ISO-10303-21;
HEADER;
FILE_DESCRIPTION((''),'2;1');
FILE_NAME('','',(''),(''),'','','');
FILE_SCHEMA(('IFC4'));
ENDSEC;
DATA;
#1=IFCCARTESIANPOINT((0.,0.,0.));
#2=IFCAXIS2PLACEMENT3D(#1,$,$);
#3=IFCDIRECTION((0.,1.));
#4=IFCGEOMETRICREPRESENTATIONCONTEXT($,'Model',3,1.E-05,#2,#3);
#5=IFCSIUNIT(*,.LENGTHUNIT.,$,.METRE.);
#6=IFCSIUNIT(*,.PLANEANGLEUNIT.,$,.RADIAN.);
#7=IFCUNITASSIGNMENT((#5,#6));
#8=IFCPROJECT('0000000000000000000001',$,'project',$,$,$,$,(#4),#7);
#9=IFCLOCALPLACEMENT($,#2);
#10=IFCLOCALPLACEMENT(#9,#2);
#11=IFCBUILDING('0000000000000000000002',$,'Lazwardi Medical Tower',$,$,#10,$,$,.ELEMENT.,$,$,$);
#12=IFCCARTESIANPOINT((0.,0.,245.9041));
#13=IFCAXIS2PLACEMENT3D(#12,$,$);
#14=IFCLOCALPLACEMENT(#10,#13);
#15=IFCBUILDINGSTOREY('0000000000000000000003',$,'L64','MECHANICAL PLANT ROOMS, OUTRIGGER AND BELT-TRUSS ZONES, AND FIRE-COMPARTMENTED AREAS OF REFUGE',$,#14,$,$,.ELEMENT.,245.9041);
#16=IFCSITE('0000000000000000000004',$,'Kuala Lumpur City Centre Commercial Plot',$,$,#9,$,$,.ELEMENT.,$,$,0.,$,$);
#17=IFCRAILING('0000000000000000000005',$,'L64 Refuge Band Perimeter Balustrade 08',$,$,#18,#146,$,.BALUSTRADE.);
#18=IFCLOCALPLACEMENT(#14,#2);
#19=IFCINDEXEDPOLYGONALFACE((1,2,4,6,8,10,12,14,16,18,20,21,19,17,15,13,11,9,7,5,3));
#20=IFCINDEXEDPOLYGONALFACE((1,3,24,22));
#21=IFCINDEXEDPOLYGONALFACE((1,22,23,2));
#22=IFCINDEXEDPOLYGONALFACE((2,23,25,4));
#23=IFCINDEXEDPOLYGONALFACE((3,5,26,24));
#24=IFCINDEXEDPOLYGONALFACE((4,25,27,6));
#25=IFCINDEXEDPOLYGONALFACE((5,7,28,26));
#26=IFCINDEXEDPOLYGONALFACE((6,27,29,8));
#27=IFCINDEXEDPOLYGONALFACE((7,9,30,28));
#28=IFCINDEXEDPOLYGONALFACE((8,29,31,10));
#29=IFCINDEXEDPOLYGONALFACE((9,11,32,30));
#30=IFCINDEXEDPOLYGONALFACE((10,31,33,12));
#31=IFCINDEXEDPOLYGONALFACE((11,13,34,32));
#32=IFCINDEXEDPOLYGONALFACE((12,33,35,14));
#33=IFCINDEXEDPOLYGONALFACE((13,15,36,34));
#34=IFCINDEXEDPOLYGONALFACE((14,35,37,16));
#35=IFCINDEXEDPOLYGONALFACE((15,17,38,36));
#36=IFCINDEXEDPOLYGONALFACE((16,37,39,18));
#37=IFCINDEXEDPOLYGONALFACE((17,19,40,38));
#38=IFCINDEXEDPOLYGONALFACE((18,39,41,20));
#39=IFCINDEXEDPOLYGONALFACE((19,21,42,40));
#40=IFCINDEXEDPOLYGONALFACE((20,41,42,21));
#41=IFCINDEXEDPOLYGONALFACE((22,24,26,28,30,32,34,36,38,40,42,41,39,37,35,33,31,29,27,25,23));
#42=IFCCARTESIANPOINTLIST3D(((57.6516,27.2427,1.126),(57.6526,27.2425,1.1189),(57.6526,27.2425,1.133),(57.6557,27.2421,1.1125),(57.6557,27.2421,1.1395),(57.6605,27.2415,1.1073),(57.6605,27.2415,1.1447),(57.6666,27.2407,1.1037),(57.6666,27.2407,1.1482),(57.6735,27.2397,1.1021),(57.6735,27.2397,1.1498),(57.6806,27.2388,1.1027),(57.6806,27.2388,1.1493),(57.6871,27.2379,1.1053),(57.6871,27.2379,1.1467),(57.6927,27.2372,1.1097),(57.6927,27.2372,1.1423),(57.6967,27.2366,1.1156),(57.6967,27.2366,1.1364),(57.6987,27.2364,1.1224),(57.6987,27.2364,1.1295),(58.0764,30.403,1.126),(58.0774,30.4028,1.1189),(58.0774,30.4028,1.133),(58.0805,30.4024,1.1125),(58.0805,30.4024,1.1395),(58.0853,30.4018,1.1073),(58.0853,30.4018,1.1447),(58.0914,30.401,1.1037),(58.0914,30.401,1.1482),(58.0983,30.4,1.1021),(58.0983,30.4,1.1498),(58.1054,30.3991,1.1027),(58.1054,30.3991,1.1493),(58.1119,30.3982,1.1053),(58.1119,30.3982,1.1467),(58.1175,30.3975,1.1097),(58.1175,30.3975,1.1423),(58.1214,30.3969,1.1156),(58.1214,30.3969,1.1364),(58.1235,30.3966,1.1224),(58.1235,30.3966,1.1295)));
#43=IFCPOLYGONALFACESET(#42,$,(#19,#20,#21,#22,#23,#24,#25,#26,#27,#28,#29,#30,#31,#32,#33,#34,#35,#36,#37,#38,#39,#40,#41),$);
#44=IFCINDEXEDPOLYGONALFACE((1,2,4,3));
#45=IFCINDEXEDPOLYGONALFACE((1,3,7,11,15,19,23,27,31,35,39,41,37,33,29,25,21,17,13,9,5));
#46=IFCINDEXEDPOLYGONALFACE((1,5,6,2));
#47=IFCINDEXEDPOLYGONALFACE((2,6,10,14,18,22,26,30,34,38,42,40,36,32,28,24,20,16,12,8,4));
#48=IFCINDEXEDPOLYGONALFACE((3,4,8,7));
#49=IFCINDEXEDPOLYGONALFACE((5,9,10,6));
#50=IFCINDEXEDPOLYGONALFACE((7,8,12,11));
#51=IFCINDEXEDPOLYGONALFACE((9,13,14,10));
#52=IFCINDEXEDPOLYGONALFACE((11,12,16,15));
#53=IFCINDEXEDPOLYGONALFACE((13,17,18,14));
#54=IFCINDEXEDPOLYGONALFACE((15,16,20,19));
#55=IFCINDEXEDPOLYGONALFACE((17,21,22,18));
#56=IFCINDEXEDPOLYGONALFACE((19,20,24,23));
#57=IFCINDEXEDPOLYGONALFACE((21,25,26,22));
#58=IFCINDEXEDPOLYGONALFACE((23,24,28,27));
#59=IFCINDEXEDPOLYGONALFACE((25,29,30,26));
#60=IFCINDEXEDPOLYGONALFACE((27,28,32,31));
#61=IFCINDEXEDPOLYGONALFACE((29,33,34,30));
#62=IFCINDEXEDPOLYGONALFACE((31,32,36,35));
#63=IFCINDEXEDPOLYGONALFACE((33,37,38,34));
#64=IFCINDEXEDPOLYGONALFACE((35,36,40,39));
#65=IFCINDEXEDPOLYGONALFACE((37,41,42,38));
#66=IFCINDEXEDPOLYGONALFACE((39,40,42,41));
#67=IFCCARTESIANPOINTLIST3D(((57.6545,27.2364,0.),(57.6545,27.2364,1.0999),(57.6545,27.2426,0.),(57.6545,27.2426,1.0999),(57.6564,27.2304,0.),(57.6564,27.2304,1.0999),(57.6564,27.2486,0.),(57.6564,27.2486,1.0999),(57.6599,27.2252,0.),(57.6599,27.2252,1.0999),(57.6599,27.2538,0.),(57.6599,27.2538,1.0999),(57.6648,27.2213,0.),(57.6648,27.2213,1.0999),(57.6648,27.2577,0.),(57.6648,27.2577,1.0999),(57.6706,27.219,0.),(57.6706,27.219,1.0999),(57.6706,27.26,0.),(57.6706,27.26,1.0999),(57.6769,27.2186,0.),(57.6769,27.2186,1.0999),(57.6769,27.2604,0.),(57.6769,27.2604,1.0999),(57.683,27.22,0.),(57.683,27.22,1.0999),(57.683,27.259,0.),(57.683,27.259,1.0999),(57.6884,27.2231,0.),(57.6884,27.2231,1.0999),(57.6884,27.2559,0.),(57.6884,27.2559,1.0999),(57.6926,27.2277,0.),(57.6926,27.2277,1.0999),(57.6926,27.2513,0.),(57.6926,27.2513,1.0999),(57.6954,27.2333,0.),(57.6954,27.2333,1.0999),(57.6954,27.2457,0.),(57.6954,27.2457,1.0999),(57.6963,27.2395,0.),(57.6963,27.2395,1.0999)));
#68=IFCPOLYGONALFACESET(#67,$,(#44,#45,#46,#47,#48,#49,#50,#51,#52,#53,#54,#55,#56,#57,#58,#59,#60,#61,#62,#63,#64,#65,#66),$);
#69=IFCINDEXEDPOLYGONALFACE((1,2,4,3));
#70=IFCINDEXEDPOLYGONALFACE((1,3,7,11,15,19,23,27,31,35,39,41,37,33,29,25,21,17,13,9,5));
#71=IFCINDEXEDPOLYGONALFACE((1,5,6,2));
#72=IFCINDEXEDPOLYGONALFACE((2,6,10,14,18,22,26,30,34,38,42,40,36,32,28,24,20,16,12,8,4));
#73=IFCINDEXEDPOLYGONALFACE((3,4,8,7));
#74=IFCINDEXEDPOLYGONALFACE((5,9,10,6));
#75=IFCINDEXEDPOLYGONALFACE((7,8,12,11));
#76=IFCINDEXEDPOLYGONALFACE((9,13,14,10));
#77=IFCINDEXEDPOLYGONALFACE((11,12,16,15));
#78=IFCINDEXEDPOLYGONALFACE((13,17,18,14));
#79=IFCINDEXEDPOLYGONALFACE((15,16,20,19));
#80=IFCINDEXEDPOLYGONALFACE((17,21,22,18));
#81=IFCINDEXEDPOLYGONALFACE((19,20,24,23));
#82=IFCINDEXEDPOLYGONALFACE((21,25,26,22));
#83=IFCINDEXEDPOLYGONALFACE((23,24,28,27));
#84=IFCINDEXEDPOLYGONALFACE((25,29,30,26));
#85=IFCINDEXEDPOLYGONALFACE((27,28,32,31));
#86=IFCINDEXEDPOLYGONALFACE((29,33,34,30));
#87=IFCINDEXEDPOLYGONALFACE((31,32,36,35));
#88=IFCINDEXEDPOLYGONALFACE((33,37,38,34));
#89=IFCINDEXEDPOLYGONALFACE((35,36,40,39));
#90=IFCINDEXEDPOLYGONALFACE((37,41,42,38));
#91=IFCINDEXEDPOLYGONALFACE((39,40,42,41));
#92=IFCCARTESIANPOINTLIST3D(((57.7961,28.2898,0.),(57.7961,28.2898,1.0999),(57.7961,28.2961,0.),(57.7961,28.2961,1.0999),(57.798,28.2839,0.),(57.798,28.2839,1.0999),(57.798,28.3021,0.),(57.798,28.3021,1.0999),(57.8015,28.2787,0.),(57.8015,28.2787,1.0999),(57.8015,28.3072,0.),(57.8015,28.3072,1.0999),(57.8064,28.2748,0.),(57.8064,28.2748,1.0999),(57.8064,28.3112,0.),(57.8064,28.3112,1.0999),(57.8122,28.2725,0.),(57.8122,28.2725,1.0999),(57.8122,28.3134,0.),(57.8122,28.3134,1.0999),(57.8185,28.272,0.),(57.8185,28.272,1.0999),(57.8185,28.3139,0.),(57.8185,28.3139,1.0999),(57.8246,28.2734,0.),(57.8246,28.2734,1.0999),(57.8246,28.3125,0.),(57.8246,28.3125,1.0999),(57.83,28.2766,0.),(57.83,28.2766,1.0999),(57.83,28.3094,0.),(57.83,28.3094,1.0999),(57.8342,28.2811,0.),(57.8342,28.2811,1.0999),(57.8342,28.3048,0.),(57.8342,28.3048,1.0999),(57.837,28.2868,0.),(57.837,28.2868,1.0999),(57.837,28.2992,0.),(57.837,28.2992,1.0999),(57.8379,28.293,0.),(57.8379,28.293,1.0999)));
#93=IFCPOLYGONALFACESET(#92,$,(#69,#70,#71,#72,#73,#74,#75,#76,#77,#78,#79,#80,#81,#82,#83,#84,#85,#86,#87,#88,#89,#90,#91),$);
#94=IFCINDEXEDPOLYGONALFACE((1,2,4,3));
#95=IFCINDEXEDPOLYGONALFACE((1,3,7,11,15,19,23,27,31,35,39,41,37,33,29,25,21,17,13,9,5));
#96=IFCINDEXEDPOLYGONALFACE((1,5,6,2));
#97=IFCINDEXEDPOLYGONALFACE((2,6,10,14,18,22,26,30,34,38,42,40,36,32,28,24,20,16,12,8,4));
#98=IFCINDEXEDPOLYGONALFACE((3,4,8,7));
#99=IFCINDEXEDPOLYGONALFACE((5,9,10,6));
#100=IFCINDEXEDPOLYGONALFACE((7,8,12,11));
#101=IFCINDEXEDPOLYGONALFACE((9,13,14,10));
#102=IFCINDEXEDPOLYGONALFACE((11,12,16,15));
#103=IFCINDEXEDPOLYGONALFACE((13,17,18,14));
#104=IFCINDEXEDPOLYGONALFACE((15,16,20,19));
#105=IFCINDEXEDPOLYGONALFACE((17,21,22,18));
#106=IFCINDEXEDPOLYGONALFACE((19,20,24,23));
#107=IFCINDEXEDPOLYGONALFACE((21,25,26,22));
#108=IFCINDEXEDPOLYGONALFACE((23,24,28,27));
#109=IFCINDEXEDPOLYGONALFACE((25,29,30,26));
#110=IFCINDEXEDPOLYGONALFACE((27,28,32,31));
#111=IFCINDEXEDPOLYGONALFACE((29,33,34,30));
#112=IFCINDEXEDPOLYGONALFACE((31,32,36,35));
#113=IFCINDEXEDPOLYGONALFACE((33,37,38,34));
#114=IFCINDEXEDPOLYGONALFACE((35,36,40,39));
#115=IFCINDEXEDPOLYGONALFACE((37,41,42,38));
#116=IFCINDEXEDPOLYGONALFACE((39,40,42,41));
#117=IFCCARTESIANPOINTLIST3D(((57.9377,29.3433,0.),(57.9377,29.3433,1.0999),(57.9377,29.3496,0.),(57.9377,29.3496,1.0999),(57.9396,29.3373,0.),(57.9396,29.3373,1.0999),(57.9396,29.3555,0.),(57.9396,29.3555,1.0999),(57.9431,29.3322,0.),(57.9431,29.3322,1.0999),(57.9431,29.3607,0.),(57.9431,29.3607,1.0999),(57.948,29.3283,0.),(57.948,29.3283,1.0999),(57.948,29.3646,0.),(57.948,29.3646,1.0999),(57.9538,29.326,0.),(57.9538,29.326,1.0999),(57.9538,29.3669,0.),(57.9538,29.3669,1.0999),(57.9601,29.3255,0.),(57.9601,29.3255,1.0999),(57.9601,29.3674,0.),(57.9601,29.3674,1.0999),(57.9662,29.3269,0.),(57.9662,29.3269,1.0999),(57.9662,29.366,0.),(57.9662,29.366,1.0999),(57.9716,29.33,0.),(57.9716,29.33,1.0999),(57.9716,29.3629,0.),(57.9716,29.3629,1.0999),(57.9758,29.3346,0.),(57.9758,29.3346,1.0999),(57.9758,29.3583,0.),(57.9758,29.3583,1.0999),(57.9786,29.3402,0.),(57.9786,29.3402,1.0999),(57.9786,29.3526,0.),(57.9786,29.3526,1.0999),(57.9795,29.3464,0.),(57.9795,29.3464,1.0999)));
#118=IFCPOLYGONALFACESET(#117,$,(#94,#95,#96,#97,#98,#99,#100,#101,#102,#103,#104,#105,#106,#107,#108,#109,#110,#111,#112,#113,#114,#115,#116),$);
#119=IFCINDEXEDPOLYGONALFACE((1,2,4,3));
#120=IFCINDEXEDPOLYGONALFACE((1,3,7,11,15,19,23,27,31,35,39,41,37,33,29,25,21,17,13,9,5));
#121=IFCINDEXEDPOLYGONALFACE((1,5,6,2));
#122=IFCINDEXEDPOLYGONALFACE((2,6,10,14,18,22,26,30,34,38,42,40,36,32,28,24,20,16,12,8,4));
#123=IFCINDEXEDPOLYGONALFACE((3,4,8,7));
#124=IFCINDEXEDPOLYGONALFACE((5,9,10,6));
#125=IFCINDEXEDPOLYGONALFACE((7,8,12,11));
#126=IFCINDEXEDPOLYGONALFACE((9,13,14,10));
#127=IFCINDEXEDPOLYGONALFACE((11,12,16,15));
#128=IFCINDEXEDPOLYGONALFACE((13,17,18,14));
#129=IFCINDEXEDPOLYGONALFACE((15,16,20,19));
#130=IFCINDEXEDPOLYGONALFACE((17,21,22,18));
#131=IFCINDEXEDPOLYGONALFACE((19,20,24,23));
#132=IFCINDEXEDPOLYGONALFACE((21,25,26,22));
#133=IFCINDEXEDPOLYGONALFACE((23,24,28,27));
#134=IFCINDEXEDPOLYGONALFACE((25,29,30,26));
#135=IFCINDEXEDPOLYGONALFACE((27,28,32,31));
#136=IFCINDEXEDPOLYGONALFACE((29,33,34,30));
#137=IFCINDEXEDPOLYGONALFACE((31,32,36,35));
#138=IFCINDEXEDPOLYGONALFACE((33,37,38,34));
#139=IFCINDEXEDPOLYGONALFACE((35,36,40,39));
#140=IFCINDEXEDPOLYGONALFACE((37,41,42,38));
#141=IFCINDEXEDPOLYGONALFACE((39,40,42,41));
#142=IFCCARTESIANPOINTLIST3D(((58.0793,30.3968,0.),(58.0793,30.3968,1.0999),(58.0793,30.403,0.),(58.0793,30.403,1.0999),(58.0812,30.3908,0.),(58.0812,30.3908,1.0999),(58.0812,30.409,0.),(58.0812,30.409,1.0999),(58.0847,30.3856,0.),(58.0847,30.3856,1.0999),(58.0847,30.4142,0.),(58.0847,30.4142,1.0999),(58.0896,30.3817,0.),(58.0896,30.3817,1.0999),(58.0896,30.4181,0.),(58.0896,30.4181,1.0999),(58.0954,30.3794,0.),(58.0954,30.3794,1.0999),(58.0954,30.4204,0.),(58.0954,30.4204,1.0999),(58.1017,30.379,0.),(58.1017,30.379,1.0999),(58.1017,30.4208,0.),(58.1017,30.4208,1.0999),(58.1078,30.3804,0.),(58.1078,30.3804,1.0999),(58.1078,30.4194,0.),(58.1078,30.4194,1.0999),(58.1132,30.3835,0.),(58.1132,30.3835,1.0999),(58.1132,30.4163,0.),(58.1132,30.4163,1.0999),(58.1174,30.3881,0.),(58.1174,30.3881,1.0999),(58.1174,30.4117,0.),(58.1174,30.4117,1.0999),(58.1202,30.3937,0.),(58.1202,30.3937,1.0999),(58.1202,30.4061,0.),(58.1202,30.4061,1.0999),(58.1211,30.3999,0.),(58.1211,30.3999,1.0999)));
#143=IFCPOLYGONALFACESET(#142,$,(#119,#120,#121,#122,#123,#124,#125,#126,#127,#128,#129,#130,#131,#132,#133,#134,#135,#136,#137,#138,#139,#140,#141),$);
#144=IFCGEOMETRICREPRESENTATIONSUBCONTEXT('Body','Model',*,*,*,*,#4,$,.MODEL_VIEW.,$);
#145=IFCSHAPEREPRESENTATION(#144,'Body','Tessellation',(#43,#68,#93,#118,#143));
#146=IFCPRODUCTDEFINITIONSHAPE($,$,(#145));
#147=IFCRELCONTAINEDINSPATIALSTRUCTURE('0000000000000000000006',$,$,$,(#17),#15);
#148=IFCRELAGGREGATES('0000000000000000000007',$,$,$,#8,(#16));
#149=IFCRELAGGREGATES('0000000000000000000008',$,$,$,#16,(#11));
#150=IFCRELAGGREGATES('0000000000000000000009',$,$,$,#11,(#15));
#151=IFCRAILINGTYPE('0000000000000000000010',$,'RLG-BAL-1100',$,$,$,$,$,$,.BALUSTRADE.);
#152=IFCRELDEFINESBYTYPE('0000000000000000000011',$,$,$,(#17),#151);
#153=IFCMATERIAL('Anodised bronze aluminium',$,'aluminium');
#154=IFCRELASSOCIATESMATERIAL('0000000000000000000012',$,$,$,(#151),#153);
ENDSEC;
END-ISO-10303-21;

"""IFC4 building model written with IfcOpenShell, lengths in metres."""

from ifc_helpers import new_model, si_unit, direction, frame, origin, origin_2d, place, context, subcontext, project, spatial, circle, extrude, material, type_object, element, save


model = new_model("IFC4")

# Units and contexts
model_context = context("Model", 3, precision=1e-05, world=origin(), true_north=direction((0.0, 1.0)))
body_context = subcontext(model_context, "Body", "Model", "MODEL_VIEW")
ifc_project = project(units=[si_unit("LENGTHUNIT", "METRE"), si_unit("PLANEANGLEUNIT", "RADIAN")], contexts=[model_context])

# Site, building, storey
site_placement = place(None, origin())
site = spatial("IfcSite", under=ifc_project, at=site_placement, Name="Kuala Lumpur City Centre Commercial Plot", CompositionType="ELEMENT", RefElevation=0.0)
building_placement = place(site_placement, origin())
building = spatial("IfcBuilding", under=site, at=building_placement, Name="Lazwardi Medical Tower", CompositionType="ELEMENT")
storey_placement = place(building_placement, frame((0.0, 0.0, 245.9041)))
storey = spatial("IfcBuildingStorey", under=building, at=storey_placement, Name="L64", Description="MECHANICAL PLANT ROOMS, OUTRIGGER AND BELT-TRUSS ZONES, AND FIRE-COMPARTMENTED AREAS OF REFUGE", CompositionType="ELEMENT", Elevation=245.9041)

# Railing
ifc_material_1 = material(Name="Anodised bronze aluminium", Category="aluminium")
railing_type_1 = type_object("IfcRailingType", Name="RLG-BAL-1100", PredefinedType="BALUSTRADE", material=ifc_material_1)
railing_1_placement = place(storey_placement, frame((57.6753, 27.2395, 0.0)))
element("IfcRailing", 1, at=railing_1_placement, inside=storey, type_object=railing_type_1, Name="L64 Refuge Band Perimeter Balustrade 08", PredefinedType="BALUSTRADE", context=body_context, shape_type="SweptSolid", body=[
    extrude(circle(Radius=0.0239, at=origin_2d()), frame((0.0, 0.0, 1.126), z_axis=(0.133217, 0.991087, 0.0), x_axis=(-0.991087, 0.133217, 0.0)), (0.0, 0.0, 1.0), 3.1887),
    extrude(circle(Radius=0.021, at=origin_2d()), origin(), (0.0, 0.0, 1.0), 1.0999),
    extrude(circle(Radius=0.021, at=origin_2d()), frame((0.1416, 1.0535, 0.0)), (0.0, 0.0, 1.0), 1.0999),
    extrude(circle(Radius=0.021, at=origin_2d()), frame((0.2832, 2.1069, 0.0)), (0.0, 0.0, 1.0), 1.0999),
    extrude(circle(Radius=0.021, at=origin_2d()), frame((0.4248, 3.1604, 0.0)), (0.0, 0.0, 1.0), 1.0999),
])

save(model, "model.ifc")
